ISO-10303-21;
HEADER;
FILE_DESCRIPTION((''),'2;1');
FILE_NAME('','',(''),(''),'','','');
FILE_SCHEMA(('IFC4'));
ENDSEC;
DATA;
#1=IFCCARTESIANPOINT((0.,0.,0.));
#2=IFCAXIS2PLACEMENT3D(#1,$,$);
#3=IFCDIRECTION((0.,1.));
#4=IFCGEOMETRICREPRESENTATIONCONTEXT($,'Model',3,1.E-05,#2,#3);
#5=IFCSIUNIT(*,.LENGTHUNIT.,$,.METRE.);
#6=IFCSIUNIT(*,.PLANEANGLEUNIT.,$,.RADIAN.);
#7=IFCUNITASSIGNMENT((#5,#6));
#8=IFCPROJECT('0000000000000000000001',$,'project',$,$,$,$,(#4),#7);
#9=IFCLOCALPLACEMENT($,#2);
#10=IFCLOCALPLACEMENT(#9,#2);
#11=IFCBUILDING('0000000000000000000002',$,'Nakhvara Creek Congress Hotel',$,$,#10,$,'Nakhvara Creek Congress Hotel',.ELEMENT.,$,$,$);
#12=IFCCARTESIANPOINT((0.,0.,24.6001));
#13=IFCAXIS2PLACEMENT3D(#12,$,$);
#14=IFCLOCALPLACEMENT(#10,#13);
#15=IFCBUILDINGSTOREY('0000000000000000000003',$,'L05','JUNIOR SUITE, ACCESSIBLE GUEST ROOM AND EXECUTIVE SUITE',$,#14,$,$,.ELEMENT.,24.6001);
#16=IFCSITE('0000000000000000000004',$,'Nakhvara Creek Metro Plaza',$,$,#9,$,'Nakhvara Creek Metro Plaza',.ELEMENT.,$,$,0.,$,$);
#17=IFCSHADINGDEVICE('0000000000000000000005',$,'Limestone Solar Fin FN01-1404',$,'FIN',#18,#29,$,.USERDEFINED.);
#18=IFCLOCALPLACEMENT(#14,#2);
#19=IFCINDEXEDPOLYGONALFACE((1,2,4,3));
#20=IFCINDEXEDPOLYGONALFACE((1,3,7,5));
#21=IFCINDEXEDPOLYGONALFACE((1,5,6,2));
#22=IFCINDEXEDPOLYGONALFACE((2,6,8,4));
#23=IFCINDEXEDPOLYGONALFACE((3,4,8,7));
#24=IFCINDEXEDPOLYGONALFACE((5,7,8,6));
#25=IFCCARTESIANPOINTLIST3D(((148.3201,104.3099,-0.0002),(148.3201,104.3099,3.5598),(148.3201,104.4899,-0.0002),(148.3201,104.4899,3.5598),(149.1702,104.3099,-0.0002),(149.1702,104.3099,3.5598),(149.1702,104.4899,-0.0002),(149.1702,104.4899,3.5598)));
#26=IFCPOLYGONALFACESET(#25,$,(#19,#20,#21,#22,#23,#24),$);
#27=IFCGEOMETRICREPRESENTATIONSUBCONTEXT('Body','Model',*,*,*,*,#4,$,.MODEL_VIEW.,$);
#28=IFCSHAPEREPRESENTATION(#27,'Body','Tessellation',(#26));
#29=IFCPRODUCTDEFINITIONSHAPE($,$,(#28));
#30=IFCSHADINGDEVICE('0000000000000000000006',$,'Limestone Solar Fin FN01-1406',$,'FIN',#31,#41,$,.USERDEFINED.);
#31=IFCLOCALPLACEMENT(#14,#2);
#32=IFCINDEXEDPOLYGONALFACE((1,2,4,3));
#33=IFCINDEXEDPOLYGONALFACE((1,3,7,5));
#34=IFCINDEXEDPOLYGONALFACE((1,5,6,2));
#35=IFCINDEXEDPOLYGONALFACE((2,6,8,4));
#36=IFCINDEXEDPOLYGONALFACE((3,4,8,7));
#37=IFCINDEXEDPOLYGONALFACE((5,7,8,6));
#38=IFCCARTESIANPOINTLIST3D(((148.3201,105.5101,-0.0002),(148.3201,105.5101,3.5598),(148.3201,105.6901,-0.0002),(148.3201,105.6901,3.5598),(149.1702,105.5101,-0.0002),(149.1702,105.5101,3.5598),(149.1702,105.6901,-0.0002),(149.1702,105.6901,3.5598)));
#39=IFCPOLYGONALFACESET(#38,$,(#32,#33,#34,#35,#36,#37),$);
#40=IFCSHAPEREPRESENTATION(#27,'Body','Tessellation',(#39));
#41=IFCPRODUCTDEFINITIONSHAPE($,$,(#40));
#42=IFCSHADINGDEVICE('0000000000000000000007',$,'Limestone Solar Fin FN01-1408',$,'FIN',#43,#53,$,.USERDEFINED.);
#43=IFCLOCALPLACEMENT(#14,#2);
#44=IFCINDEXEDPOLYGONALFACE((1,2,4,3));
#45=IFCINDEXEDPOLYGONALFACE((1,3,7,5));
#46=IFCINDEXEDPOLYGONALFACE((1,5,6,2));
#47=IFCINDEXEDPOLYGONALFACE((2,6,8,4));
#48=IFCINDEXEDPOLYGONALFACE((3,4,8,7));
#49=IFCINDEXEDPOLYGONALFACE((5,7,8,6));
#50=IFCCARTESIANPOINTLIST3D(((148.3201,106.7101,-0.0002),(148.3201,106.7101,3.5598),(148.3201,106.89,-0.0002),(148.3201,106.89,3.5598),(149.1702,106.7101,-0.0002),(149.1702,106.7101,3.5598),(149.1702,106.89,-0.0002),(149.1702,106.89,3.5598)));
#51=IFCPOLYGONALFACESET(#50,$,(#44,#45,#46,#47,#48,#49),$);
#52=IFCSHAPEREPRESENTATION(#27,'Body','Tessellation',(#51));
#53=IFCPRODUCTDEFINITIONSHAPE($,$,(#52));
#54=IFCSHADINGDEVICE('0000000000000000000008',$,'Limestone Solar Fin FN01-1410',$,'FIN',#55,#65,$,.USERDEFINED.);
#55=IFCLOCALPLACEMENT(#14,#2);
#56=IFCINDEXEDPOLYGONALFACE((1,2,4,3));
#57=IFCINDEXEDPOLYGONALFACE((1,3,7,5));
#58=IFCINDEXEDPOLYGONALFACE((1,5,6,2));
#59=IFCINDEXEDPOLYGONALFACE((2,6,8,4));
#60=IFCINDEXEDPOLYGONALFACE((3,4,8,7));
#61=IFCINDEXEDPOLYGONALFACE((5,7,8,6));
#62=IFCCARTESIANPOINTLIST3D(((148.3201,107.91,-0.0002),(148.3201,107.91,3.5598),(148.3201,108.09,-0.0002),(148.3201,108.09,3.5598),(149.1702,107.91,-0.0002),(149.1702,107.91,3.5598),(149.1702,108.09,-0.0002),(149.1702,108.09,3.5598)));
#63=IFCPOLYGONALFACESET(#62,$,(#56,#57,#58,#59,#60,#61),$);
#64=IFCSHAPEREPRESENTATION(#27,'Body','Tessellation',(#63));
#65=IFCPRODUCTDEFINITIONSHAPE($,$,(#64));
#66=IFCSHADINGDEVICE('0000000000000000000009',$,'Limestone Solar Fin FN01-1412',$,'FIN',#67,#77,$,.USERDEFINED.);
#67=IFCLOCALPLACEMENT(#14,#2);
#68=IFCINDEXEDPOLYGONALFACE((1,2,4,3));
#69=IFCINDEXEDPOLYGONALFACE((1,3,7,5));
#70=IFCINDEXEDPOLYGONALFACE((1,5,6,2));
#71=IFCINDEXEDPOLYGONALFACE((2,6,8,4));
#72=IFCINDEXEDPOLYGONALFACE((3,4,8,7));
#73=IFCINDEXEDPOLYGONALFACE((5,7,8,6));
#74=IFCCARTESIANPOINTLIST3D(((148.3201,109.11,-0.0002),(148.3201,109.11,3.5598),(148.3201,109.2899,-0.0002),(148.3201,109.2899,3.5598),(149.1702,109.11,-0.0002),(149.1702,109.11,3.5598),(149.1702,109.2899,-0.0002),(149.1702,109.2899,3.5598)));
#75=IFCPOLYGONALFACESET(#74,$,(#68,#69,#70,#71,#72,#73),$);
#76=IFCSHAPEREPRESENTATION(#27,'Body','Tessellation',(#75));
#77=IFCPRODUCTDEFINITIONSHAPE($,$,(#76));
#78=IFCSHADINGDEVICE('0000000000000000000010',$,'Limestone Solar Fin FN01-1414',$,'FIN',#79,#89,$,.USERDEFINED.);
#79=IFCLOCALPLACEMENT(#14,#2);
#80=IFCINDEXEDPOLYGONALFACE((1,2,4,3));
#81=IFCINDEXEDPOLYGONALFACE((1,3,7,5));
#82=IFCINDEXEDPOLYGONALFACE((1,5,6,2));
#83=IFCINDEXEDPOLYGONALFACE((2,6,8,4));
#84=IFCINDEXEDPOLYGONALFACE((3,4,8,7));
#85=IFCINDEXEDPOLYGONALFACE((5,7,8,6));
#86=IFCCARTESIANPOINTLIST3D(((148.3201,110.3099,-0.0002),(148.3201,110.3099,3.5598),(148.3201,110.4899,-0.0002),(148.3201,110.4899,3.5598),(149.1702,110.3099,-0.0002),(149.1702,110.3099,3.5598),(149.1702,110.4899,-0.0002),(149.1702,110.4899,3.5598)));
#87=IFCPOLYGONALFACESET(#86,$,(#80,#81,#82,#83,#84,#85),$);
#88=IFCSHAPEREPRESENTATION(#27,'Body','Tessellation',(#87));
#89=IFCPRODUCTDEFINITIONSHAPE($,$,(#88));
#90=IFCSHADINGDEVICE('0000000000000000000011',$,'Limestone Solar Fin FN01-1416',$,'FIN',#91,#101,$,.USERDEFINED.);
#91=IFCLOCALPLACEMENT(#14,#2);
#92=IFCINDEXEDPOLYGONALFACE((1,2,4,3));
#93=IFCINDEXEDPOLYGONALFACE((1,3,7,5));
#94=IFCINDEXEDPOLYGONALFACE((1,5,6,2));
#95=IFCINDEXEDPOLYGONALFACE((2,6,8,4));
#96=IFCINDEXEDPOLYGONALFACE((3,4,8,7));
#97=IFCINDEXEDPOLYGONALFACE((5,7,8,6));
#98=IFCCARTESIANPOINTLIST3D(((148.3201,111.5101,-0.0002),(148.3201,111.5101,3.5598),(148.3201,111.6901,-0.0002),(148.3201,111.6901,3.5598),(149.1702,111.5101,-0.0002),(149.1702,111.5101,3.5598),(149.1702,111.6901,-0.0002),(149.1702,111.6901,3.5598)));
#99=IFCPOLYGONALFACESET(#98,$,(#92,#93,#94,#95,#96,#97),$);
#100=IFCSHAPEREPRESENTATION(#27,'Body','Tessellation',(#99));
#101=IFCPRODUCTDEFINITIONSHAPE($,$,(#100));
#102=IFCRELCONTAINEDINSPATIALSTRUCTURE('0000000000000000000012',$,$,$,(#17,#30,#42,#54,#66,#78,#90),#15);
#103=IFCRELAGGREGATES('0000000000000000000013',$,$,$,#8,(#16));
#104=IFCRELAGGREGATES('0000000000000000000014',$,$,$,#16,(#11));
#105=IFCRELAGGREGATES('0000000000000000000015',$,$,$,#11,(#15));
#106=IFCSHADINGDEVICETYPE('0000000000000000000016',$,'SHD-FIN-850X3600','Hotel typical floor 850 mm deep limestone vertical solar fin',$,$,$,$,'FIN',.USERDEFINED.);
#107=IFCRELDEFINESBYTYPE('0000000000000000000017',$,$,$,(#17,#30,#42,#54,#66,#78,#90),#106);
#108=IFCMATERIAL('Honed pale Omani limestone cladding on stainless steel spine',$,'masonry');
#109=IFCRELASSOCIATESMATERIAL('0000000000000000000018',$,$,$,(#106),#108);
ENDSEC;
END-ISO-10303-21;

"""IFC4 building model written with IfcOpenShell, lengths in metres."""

from ifc_helpers import new_model, si_unit, direction, frame, origin, origin_2d, place, context, subcontext, project, spatial, rectangle, extrude, material, type_object, element, save


model = new_model("IFC4")

# Units and contexts
model_context = context("Model", 3, precision=1e-05, world=origin(), true_north=direction((0.0, 1.0)))
body_context = subcontext(model_context, "Body", "Model", "MODEL_VIEW")
ifc_project = project(units=[si_unit("LENGTHUNIT", "METRE"), si_unit("PLANEANGLEUNIT", "RADIAN")], contexts=[model_context])

# Site, building, storey
site_placement = place(None, origin())
site = spatial("IfcSite", under=ifc_project, at=site_placement, Name="Nakhvara Creek Metro Plaza", LongName="Nakhvara Creek Metro Plaza", CompositionType="ELEMENT", RefElevation=0.0)
building_placement = place(site_placement, origin())
building = spatial("IfcBuilding", under=site, at=building_placement, Name="Nakhvara Creek Congress Hotel", LongName="Nakhvara Creek Congress Hotel", CompositionType="ELEMENT")
storey_placement = place(building_placement, frame((0.0, 0.0, 24.6001)))
storey = spatial("IfcBuildingStorey", under=building, at=storey_placement, Name="L05", Description="JUNIOR SUITE, ACCESSIBLE GUEST ROOM AND EXECUTIVE SUITE", CompositionType="ELEMENT", Elevation=24.6001)

# Shading devices
ifc_material_1 = material(Name="Honed pale Omani limestone cladding on stainless steel spine", Category="masonry")
shading_device_type = type_object("IfcShadingDeviceType", Name="SHD-FIN-850X3600", Description="Hotel typical floor 850 mm deep limestone vertical solar fin", ElementType="FIN", PredefinedType="USERDEFINED", material=ifc_material_1)
for number, where, z_axis, x_axis, name in (
    (1, (148.7451, 104.3999, -0.0002), (0.0, 0.0, 1.0), (0.0, 1.0, 0.0), "Limestone Solar Fin FN01-1404"),
    (2, (148.7451, 105.6001, -0.0002), (0.0, 0.0, 1.0), (0.0, 1.0, 0.0), "Limestone Solar Fin FN01-1406"),
    (3, (148.7451, 106.8, -0.0002), (0.0, 0.0, 1.0), (0.0, 1.0, 0.0), "Limestone Solar Fin FN01-1408"),
    (4, (148.7451, 108.0, -0.0002), (0.0, 0.0, 1.0), (0.0, 1.0, 0.0), "Limestone Solar Fin FN01-1410"),
    (5, (148.7451, 109.2, -0.0002), (0.0, 0.0, 1.0), (0.0, 1.0, 0.0), "Limestone Solar Fin FN01-1412"),
    (6, (148.7451, 110.3999, -0.0002), (0.0, 0.0, 1.0), (0.0, 1.0, 0.0), "Limestone Solar Fin FN01-1414"),
    (7, (148.7451, 111.6001, -0.0002), (0.0, 0.0, 1.0), (0.0, 1.0, 0.0), "Limestone Solar Fin FN01-1416"),
):
    element("IfcShadingDevice", number, at=place(storey_placement, frame(where, z_axis=z_axis, x_axis=x_axis)), inside=storey, type_object=shading_device_type, Name=name, ObjectType="FIN", PredefinedType="USERDEFINED", context=body_context, shape_type="SweptSolid", body=[
        extrude(rectangle(XDim=0.1799, YDim=0.8501, at=origin_2d()), origin(), (0.0, 0.0, 1.0), 3.5601),
    ])

save(model, "model.ifc")
